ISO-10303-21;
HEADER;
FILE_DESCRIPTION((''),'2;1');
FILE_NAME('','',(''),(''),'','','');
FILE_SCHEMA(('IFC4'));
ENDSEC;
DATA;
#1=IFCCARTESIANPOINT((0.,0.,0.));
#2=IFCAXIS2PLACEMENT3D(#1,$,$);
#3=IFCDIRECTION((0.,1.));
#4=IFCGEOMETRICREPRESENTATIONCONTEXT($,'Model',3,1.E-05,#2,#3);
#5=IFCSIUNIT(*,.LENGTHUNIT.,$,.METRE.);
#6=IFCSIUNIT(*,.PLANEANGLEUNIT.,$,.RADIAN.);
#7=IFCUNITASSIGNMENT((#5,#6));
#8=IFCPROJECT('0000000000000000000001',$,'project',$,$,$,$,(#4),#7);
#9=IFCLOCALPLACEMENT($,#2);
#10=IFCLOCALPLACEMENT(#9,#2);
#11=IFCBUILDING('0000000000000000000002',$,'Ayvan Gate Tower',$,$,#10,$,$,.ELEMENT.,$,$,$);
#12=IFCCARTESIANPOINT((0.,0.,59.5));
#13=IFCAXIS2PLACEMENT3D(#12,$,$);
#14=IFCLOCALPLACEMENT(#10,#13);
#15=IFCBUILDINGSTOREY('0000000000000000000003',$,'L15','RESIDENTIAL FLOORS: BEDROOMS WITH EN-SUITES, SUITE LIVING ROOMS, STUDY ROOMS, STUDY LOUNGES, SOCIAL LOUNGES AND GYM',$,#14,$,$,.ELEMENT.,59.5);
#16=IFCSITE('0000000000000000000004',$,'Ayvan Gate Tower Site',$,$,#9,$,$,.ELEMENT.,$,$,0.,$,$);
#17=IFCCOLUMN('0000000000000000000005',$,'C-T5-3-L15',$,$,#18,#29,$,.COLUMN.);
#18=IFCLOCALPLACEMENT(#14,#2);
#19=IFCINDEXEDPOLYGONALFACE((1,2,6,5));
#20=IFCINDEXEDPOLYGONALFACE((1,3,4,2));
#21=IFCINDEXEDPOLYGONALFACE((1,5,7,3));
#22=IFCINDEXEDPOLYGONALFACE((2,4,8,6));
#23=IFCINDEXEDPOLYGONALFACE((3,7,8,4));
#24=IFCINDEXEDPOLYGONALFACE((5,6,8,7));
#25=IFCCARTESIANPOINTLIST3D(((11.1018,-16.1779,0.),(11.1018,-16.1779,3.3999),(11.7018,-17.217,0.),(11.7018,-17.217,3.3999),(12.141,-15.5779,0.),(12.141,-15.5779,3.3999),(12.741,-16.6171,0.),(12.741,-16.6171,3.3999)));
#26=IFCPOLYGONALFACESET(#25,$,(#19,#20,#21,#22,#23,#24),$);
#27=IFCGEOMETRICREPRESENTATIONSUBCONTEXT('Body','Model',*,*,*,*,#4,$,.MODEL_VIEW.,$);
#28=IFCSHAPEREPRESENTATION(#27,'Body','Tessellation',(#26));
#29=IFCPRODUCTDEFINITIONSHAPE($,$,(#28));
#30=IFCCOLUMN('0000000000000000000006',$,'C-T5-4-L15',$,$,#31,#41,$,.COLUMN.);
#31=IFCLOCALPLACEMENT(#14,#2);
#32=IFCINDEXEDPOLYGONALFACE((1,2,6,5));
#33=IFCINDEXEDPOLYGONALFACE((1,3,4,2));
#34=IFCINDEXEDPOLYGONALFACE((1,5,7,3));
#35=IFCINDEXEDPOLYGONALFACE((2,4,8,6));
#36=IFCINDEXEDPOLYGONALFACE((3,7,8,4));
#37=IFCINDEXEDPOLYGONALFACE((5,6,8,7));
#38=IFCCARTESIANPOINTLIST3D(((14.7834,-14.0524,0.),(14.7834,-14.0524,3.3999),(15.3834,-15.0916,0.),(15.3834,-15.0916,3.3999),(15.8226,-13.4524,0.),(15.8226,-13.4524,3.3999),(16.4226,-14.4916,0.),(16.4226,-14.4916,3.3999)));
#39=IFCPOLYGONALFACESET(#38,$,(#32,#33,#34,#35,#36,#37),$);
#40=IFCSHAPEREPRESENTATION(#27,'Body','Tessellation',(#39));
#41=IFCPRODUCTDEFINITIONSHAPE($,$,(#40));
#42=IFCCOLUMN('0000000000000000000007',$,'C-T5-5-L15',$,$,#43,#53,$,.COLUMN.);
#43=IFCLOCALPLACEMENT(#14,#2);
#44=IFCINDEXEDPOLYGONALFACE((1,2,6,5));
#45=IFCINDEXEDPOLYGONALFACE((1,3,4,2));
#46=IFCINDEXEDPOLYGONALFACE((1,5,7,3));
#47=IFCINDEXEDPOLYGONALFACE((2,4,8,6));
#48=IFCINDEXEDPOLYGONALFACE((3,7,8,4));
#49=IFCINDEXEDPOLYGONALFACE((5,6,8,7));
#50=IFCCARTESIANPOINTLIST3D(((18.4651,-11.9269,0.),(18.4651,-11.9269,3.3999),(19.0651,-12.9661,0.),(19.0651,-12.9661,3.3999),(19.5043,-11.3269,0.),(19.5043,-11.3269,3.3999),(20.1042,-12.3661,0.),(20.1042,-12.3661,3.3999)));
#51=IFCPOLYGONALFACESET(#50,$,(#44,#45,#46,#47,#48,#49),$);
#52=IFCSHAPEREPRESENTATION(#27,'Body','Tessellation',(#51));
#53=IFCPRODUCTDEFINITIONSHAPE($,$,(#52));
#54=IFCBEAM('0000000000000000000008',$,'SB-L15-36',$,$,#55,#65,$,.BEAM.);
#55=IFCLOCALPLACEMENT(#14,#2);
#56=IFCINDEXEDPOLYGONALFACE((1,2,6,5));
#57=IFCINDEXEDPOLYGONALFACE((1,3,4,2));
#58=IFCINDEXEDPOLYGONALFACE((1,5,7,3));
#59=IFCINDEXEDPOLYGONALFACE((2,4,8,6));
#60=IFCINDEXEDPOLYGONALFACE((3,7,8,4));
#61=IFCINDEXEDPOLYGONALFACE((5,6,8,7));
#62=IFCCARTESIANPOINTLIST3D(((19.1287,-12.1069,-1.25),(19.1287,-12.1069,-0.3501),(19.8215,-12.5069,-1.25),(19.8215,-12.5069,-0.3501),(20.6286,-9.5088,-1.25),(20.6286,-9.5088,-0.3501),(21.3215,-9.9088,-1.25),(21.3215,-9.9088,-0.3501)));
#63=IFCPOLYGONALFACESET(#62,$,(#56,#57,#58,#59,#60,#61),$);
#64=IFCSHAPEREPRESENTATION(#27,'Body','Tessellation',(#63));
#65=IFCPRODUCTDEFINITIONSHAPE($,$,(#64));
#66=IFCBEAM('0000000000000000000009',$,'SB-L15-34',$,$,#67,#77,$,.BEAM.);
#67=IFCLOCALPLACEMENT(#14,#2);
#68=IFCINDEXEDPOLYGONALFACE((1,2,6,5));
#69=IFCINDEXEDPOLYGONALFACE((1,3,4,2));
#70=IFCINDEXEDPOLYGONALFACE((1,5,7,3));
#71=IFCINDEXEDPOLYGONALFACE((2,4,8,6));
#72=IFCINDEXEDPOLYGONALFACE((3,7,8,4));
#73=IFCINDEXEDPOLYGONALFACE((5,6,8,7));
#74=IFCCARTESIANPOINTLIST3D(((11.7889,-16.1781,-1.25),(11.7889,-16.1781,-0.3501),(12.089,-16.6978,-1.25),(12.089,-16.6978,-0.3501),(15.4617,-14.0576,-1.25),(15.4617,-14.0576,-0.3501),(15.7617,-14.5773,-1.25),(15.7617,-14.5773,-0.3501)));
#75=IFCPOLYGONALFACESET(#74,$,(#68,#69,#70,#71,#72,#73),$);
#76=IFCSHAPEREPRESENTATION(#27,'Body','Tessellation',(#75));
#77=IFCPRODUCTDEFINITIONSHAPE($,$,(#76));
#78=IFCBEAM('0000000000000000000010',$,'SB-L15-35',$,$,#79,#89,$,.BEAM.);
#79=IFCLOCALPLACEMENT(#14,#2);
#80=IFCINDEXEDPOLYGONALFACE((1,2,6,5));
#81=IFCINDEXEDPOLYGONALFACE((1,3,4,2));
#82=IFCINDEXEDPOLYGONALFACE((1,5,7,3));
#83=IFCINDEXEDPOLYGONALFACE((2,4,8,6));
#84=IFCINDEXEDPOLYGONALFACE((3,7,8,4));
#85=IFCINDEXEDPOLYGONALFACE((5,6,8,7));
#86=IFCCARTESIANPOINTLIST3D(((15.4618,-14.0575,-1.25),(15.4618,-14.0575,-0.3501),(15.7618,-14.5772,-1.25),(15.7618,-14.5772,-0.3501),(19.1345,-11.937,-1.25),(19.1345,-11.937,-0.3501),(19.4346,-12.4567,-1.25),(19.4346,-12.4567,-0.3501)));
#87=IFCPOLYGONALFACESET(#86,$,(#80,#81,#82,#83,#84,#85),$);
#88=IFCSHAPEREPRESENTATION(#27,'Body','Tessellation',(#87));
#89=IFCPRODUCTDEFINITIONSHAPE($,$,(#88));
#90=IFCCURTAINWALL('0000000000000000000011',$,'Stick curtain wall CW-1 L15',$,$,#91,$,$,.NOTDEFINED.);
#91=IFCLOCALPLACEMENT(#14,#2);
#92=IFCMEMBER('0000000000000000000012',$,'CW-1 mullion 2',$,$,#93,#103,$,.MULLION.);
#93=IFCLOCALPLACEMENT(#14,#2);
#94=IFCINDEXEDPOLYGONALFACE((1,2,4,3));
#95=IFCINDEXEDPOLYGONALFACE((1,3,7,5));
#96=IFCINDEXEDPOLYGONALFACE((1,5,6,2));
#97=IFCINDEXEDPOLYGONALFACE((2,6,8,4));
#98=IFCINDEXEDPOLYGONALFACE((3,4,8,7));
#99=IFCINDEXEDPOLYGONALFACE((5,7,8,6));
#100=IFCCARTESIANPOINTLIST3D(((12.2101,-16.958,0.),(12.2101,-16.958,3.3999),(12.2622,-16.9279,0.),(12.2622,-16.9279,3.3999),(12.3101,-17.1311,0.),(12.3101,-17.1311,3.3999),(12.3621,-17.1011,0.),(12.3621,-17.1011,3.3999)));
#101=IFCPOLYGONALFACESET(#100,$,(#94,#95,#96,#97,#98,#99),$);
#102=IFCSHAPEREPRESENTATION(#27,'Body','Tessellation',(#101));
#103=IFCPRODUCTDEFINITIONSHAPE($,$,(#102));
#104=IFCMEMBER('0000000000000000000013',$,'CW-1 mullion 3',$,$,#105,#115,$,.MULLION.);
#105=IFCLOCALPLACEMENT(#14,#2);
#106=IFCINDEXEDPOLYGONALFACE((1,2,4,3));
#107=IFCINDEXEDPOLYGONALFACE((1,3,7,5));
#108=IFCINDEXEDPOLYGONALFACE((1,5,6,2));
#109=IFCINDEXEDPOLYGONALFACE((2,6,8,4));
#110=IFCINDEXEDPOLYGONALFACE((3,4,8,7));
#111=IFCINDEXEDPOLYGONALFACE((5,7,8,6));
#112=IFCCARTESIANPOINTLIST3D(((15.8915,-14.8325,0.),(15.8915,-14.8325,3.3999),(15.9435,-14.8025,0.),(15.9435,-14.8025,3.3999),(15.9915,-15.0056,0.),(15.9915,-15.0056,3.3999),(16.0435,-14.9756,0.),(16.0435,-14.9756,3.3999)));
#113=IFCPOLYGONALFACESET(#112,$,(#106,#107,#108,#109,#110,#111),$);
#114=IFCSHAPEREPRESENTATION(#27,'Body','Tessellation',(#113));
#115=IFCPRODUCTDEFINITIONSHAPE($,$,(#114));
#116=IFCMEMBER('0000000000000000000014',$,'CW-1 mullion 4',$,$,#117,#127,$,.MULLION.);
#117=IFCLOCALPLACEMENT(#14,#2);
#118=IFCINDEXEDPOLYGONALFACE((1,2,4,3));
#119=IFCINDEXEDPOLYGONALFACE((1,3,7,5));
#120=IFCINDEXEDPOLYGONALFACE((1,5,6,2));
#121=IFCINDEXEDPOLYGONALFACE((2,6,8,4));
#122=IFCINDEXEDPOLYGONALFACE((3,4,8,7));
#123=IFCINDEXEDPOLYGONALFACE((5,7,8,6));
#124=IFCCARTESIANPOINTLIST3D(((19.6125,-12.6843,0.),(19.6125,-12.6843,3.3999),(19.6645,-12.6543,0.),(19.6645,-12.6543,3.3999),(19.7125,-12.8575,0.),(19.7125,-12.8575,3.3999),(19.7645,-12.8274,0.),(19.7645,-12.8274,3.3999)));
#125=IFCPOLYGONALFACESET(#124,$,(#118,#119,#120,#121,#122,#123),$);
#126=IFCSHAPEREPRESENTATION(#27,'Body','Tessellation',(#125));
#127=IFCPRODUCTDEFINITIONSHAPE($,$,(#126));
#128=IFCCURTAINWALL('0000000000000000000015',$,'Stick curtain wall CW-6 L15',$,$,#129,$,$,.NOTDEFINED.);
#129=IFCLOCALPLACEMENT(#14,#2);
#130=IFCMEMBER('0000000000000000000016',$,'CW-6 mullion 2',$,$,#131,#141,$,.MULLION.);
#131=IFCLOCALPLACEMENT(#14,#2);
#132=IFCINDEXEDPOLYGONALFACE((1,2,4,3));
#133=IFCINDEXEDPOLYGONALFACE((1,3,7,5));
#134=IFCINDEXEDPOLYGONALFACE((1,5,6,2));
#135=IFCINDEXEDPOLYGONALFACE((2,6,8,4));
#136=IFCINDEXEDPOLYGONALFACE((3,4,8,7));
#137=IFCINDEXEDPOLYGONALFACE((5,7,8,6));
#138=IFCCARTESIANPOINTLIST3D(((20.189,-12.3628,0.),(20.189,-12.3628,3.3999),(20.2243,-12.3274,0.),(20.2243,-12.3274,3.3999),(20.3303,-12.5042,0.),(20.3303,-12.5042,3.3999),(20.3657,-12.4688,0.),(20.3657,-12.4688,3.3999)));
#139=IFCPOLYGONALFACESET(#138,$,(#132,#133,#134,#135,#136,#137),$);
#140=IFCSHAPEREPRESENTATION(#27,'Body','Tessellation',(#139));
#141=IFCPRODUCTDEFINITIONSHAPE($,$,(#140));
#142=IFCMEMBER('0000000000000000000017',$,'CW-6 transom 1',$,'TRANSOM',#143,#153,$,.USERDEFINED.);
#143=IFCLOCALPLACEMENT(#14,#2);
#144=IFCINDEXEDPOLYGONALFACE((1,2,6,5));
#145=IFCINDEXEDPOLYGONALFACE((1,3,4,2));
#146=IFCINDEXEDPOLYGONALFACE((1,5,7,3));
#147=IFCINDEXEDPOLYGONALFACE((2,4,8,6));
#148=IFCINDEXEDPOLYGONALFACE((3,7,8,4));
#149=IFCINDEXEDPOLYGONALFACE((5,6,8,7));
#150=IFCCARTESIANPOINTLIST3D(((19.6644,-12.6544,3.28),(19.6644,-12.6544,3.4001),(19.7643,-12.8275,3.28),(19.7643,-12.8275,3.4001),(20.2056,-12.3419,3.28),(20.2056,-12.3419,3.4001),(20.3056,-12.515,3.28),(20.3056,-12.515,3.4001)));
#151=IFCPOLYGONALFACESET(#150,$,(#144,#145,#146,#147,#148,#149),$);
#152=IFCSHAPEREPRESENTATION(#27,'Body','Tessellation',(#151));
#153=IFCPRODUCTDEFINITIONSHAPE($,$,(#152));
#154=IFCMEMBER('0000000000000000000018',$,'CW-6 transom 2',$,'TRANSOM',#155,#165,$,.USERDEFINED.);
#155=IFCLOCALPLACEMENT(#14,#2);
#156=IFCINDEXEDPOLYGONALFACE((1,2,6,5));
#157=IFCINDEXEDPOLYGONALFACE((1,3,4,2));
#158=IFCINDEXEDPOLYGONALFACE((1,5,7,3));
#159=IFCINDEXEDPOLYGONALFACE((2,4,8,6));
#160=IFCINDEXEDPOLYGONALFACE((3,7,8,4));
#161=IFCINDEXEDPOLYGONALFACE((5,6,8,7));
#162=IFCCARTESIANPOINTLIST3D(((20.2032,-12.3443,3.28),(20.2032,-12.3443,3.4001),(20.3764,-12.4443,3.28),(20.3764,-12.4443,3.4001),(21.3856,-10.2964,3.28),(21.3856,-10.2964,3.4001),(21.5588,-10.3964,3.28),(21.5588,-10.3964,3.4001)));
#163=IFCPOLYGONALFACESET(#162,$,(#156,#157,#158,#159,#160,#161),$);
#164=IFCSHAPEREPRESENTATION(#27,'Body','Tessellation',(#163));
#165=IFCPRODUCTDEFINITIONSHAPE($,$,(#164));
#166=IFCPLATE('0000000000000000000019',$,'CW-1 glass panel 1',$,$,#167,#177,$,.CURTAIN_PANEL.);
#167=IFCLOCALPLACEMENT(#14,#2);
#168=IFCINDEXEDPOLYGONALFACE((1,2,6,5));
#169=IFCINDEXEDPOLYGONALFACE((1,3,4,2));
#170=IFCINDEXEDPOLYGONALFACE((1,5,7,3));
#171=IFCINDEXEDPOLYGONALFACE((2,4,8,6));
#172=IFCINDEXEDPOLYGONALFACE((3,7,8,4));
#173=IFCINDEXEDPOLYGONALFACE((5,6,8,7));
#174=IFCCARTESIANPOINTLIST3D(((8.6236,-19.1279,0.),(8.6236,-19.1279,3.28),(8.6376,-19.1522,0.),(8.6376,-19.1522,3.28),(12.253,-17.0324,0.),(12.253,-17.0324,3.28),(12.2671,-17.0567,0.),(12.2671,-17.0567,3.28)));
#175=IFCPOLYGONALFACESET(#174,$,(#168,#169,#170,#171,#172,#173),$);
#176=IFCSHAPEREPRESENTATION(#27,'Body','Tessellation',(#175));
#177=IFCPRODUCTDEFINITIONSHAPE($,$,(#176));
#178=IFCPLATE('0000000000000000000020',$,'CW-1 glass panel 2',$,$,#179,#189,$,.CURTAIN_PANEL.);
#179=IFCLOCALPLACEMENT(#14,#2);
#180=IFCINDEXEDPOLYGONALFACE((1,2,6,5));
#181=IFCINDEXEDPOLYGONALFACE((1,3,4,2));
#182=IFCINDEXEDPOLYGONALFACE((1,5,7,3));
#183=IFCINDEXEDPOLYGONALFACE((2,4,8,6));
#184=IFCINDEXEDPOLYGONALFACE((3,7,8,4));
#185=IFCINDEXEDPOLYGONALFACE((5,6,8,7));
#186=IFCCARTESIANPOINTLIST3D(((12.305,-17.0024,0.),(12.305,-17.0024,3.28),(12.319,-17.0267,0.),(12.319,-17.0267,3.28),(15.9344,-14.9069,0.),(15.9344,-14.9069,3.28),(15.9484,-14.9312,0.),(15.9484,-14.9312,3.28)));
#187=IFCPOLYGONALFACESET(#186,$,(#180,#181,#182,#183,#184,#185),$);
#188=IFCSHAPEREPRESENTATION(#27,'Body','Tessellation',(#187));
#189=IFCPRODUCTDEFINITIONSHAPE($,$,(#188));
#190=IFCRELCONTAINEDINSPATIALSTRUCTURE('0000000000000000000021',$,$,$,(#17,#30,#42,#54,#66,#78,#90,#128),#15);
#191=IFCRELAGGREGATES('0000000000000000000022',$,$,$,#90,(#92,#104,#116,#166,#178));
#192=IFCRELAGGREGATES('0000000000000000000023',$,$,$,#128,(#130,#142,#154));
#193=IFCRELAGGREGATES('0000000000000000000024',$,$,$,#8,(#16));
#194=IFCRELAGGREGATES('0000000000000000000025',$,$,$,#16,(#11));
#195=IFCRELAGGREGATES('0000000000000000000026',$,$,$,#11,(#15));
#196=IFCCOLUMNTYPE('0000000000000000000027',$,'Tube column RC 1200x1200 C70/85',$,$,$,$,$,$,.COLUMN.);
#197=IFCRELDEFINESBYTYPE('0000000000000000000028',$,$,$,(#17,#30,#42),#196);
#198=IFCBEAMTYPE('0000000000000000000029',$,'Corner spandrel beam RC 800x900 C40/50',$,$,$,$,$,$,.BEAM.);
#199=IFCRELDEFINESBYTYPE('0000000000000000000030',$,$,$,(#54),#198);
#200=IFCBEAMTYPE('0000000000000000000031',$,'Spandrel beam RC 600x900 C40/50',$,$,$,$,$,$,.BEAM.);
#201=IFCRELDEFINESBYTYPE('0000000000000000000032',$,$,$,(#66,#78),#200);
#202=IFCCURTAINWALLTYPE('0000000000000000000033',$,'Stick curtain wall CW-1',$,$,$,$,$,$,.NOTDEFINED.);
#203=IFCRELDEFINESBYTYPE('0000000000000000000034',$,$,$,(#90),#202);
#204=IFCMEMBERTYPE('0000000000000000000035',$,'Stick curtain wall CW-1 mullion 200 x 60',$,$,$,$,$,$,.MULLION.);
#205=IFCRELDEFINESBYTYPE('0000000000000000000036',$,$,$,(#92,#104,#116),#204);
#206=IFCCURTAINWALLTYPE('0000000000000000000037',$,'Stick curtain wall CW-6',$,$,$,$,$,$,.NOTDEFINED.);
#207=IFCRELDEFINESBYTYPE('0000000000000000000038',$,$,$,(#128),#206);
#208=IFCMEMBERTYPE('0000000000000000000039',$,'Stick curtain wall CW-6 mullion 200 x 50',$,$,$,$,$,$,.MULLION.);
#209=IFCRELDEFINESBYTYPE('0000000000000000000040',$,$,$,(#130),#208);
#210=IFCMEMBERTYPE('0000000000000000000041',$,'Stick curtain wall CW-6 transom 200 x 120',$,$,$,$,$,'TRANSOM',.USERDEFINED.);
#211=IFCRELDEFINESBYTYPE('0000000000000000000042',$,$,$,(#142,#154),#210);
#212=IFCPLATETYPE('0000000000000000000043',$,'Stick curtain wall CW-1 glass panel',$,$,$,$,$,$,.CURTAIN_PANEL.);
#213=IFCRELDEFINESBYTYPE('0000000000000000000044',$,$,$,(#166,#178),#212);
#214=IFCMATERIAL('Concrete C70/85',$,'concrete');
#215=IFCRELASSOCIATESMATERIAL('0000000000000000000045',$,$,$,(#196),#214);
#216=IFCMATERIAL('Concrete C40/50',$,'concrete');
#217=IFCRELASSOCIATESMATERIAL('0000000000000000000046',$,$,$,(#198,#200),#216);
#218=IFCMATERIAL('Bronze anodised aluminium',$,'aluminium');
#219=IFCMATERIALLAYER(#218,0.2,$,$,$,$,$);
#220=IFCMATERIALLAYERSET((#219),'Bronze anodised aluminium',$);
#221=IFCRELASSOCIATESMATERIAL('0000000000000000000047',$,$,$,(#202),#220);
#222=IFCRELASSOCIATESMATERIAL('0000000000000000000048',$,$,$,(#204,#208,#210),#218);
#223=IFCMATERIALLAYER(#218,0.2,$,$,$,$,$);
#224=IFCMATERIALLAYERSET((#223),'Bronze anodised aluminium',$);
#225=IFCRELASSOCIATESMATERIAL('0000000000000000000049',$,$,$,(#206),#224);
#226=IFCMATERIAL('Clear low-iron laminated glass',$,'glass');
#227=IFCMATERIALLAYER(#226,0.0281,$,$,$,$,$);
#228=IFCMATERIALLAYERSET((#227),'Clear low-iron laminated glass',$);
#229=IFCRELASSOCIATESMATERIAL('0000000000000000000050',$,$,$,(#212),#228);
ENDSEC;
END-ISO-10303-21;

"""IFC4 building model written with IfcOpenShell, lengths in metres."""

from ifc_helpers import new_model, si_unit, direction, frame, origin, origin_2d, place, context, subcontext, project, spatial, rectangle, extrude, material, layer, layer_set, material_profile, profile_set, type_object, element, aggregate, save


model = new_model("IFC4")

# Units and contexts
model_context = context("Model", 3, precision=1e-05, world=origin(), true_north=direction((0.0, 1.0)))
body_context = subcontext(model_context, "Body", "Model", "MODEL_VIEW")
ifc_project = project(units=[si_unit("LENGTHUNIT", "METRE"), si_unit("PLANEANGLEUNIT", "RADIAN")], contexts=[model_context])

# Site, building, storey
site_placement = place(None, origin())
site = spatial("IfcSite", under=ifc_project, at=site_placement, Name="Ayvan Gate Tower Site", CompositionType="ELEMENT", RefElevation=0.0)
building_placement = place(site_placement, origin())
building = spatial("IfcBuilding", under=site, at=building_placement, Name="Ayvan Gate Tower", CompositionType="ELEMENT")
storey_placement = place(building_placement, frame((0.0, 0.0, 59.5)))
storey = spatial("IfcBuildingStorey", under=building, at=storey_placement, Name="L15", Description="RESIDENTIAL FLOORS: BEDROOMS WITH EN-SUITES, SUITE LIVING ROOMS, STUDY ROOMS, STUDY LOUNGES, SOCIAL LOUNGES AND GYM", CompositionType="ELEMENT", Elevation=59.5)

# Columns
ifc_material_1 = material(Name="Concrete C70/85", Category="concrete")
ifc_material_profile_1 = material_profile(ifc_material_1, rectangle(XDim=1.2, YDim=1.2, at=origin_2d()), Name="RC 1200x1200")
ifc_profile_set_1 = profile_set([ifc_material_profile_1], Name="Concrete C70/85")
column_type = type_object("IfcColumnType", Name="Tube column RC 1200x1200 C70/85", PredefinedType="COLUMN", material=ifc_profile_set_1)
for number, where, z_axis, x_axis, name in (
    (1, (11.9214, -16.3975, 0.0), (0.0, 0.0, 1.0), (0.5, -0.866025, 0.0), "C-T5-3-L15"),
    (2, (15.603, -14.272, 0.0), (0.0, 0.0, 1.0), (0.5, -0.866025, 0.0), "C-T5-4-L15"),
    (3, (19.2847, -12.1465, 0.0), (0.0, 0.0, 1.0), (0.5, -0.866025, 0.0), "C-T5-5-L15"),
):
    element("IfcColumn", number, at=place(storey_placement, frame(where, z_axis=z_axis, x_axis=x_axis)), inside=storey, type_object=column_type, Name=name, PredefinedType="COLUMN", context=body_context, shape_type="SweptSolid", body=[
        extrude(rectangle(XDim=1.2, YDim=1.2, at=origin_2d()), origin(), (0.0, 0.0, 1.0), 3.3999),
    ])

# Beams
ifc_material_2 = material(Name="Concrete C40/50", Category="concrete")
ifc_material_profile_2 = material_profile(ifc_material_2, rectangle(XDim=0.8, YDim=0.8999, at=origin_2d()), Name="RC 800x900")
ifc_profile_set_2 = profile_set([ifc_material_profile_2], Name="Concrete C40/50")
beam_type_1 = type_object("IfcBeamType", Name="Corner spandrel beam RC 800x900 C40/50", PredefinedType="BEAM", material=ifc_profile_set_2)
beam_placement = place(storey_placement, frame((19.4751, -12.3069, -0.8), z_axis=(0.49999, 0.866031, 0.0), x_axis=(-0.866031, 0.49999, 0.0)))
element("IfcBeam", 4, at=beam_placement, inside=storey, type_object=beam_type_1, Name="SB-L15-36", PredefinedType="BEAM", context=body_context, shape_type="SweptSolid", body=[
    extrude(rectangle(XDim=0.8, YDim=0.8999, at=origin_2d()), origin(), (0.0, 0.0, 1.0), 3.0),
])
ifc_material_profile_3 = material_profile(ifc_material_2, rectangle(XDim=0.6001, YDim=0.8999, at=origin_2d()), Name="RC 600x900")
ifc_profile_set_3 = profile_set([ifc_material_profile_3], Name="Concrete C40/50")
beam_type_2 = type_object("IfcBeamType", Name="Spandrel beam RC 600x900 C40/50", PredefinedType="BEAM", material=ifc_profile_set_3)
for number, where, z_axis, x_axis, name in (
    (5, (11.939, -16.438, -0.8), (0.866017, 0.500015, 0.0), (-0.500015, 0.866017, 0.0), "SB-L15-34"),
    (6, (15.6118, -14.3174, -0.8), (0.866017, 0.500015, 0.0), (-0.500015, 0.866017, 0.0), "SB-L15-35"),
):
    element("IfcBeam", number, at=place(storey_placement, frame(where, z_axis=z_axis, x_axis=x_axis)), inside=storey, type_object=beam_type_2, Name=name, PredefinedType="BEAM", context=body_context, shape_type="SweptSolid", body=[
        extrude(rectangle(XDim=0.6001, YDim=0.8999, at=origin_2d()), origin(), (0.0, 0.0, 1.0), 4.241),
    ])

# Curtain walls, members
ifc_material_3 = material(Name="Bronze anodised aluminium", Category="aluminium")
ifc_layer_1 = layer(ifc_material_3, 0.2)
ifc_layer_set_1 = layer_set([ifc_layer_1], Name="Bronze anodised aluminium")
curtain_wall_type_1 = type_object("IfcCurtainWallType", Name="Stick curtain wall CW-1", PredefinedType="NOTDEFINED", material=ifc_layer_set_1)
curtain_wall_1_placement = place(storey_placement, origin())
curtain_wall_1 = element("IfcCurtainWall", 7, at=curtain_wall_1_placement, inside=storey, type_object=curtain_wall_type_1, Name="Stick curtain wall CW-1 L15", PredefinedType="NOTDEFINED")
ifc_material_profile_4 = material_profile(ifc_material_3, rectangle(XDim=0.2, YDim=0.0601, at=origin_2d()), Name="Stick curtain wall CW-1 mullion 200 x 60")
ifc_profile_set_4 = profile_set([ifc_material_profile_4], Name="Bronze anodised aluminium")
member_type_1 = type_object("IfcMemberType", Name="Stick curtain wall CW-1 mullion 200 x 60", PredefinedType="MULLION", material=ifc_profile_set_4)
member_1_placement = place(storey_placement, frame((12.2861, -17.0295, 0.0), z_axis=(0.0, 0.0, 1.0), x_axis=(0.5, -0.866025, 0.0)))
member_1 = element("IfcMember", 8, at=member_1_placement, type_object=member_type_1, Name="CW-1 mullion 2", PredefinedType="MULLION", context=body_context, shape_type="SweptSolid", body=[
    extrude(rectangle(XDim=0.2, YDim=0.0601, at=origin_2d()), origin(), (0.0, 0.0, 1.0), 3.3999),
])
member_2_placement = place(storey_placement, frame((15.9675, -14.9041, 0.0), z_axis=(0.0, 0.0, 1.0), x_axis=(0.5, -0.866025, 0.0)))
member_2 = element("IfcMember", 9, at=member_2_placement, type_object=member_type_1, Name="CW-1 mullion 3", PredefinedType="MULLION", context=body_context, shape_type="SweptSolid", body=[
    extrude(rectangle(XDim=0.2, YDim=0.0601, at=origin_2d()), origin(), (0.0, 0.0, 1.0), 3.3999),
])
member_3_placement = place(storey_placement, frame((19.6885, -12.7559, 0.0), z_axis=(0.0, 0.0, 1.0), x_axis=(0.5, -0.866025, 0.0)))
member_3 = element("IfcMember", 10, at=member_3_placement, type_object=member_type_1, Name="CW-1 mullion 4", PredefinedType="MULLION", context=body_context, shape_type="SweptSolid", body=[
    extrude(rectangle(XDim=0.2, YDim=0.0601, at=origin_2d()), origin(), (0.0, 0.0, 1.0), 3.3999),
])
ifc_layer_2 = layer(ifc_material_3, 0.2)
ifc_layer_set_2 = layer_set([ifc_layer_2], Name="Bronze anodised aluminium")
curtain_wall_type_2 = type_object("IfcCurtainWallType", Name="Stick curtain wall CW-6", PredefinedType="NOTDEFINED", material=ifc_layer_set_2)
curtain_wall_2_placement = place(storey_placement, origin())
curtain_wall_2 = element("IfcCurtainWall", 11, at=curtain_wall_2_placement, inside=storey, type_object=curtain_wall_type_2, Name="Stick curtain wall CW-6 L15", PredefinedType="NOTDEFINED")
ifc_material_profile_5 = material_profile(ifc_material_3, rectangle(XDim=0.2, YDim=0.05, at=origin_2d()), Name="Stick curtain wall CW-6 mullion 200 x 50")
ifc_profile_set_5 = profile_set([ifc_material_profile_5], Name="Bronze anodised aluminium")
member_type_2 = type_object("IfcMemberType", Name="Stick curtain wall CW-6 mullion 200 x 50", PredefinedType="MULLION", material=ifc_profile_set_5)
member_4_placement = place(storey_placement, frame((20.2773, -12.4158, 0.0), z_axis=(0.0, 0.0, 1.0), x_axis=(0.707107, -0.707107, 0.0)))
member_4 = element("IfcMember", 12, at=member_4_placement, type_object=member_type_2, Name="CW-6 mullion 2", PredefinedType="MULLION", context=body_context, shape_type="SweptSolid", body=[
    extrude(rectangle(XDim=0.2, YDim=0.05, at=origin_2d()), origin(), (0.0, 0.0, 1.0), 3.3999),
])
ifc_material_profile_6 = material_profile(ifc_material_3, rectangle(XDim=0.2, YDim=0.1201, at=origin_2d()), Name="Stick curtain wall CW-6 transom 200 x 120")
ifc_profile_set_6 = profile_set([ifc_material_profile_6], Name="Bronze anodised aluminium")
member_type_3 = type_object("IfcMemberType", Name="Stick curtain wall CW-6 transom 200 x 120", ElementType="TRANSOM", PredefinedType="USERDEFINED", material=ifc_profile_set_6)
member_5_placement = place(storey_placement, frame((19.7144, -12.741, 3.3401), z_axis=(0.866023, 0.500004, 0.0), x_axis=(-0.500004, 0.866023, 0.0)))
member_5 = element("IfcMember", 13, at=member_5_placement, type_object=member_type_3, Name="CW-6 transom 1", ObjectType="TRANSOM", PredefinedType="USERDEFINED", context=body_context, shape_type="SweptSolid", body=[
    extrude(rectangle(XDim=0.2, YDim=0.1201, at=origin_2d()), origin(), (0.0, 0.0, 1.0), 0.625),
])
member_6_placement = place(storey_placement, frame((20.2898, -12.3943, 3.3401), z_axis=(0.500014, 0.866017, 0.0), x_axis=(-0.866017, 0.500014, 0.0)))
member_6 = element("IfcMember", 14, at=member_6_placement, type_object=member_type_3, Name="CW-6 transom 2", ObjectType="TRANSOM", PredefinedType="USERDEFINED", context=body_context, shape_type="SweptSolid", body=[
    extrude(rectangle(XDim=0.2, YDim=0.1201, at=origin_2d()), origin(), (0.0, 0.0, 1.0), 2.3647),
])

# Plates
ifc_material_4 = material(Name="Clear low-iron laminated glass", Category="glass")
ifc_layer_3 = layer(ifc_material_4, 0.0281)
ifc_layer_set_3 = layer_set([ifc_layer_3], Name="Clear low-iron laminated glass")
plate_type_1 = type_object("IfcPlateType", Name="Stick curtain wall CW-1 glass panel", PredefinedType="CURTAIN_PANEL", material=ifc_layer_set_3)
plate_1_placement = place(storey_placement, frame((10.4453, -18.0923, 0.0), z_axis=(0.0, 0.0, 1.0), x_axis=(0.866025, 0.5, 0.0)))
plate_1 = element("IfcPlate", 15, at=plate_1_placement, type_object=plate_type_1, Name="CW-1 glass panel 1", PredefinedType="CURTAIN_PANEL", context=body_context, shape_type="SweptSolid", body=[
    extrude(rectangle(XDim=4.1909, YDim=0.0281, at=origin_2d()), origin(), (0.0, 0.0, 1.0), 3.28),
])
plate_2_placement = place(storey_placement, frame((14.1267, -15.9668, 0.0), z_axis=(0.0, 0.0, 1.0), x_axis=(0.866025, 0.5, 0.0)))
plate_2 = element("IfcPlate", 16, at=plate_2_placement, type_object=plate_type_1, Name="CW-1 glass panel 2", PredefinedType="CURTAIN_PANEL", context=body_context, shape_type="SweptSolid", body=[
    extrude(rectangle(XDim=4.1909, YDim=0.0281, at=origin_2d()), origin(), (0.0, 0.0, 1.0), 3.28),
])
aggregate(curtain_wall_1, [member_1, member_2, member_3, plate_1, plate_2])
aggregate(curtain_wall_2, [member_4, member_5, member_6])

save(model, "model.ifc")
